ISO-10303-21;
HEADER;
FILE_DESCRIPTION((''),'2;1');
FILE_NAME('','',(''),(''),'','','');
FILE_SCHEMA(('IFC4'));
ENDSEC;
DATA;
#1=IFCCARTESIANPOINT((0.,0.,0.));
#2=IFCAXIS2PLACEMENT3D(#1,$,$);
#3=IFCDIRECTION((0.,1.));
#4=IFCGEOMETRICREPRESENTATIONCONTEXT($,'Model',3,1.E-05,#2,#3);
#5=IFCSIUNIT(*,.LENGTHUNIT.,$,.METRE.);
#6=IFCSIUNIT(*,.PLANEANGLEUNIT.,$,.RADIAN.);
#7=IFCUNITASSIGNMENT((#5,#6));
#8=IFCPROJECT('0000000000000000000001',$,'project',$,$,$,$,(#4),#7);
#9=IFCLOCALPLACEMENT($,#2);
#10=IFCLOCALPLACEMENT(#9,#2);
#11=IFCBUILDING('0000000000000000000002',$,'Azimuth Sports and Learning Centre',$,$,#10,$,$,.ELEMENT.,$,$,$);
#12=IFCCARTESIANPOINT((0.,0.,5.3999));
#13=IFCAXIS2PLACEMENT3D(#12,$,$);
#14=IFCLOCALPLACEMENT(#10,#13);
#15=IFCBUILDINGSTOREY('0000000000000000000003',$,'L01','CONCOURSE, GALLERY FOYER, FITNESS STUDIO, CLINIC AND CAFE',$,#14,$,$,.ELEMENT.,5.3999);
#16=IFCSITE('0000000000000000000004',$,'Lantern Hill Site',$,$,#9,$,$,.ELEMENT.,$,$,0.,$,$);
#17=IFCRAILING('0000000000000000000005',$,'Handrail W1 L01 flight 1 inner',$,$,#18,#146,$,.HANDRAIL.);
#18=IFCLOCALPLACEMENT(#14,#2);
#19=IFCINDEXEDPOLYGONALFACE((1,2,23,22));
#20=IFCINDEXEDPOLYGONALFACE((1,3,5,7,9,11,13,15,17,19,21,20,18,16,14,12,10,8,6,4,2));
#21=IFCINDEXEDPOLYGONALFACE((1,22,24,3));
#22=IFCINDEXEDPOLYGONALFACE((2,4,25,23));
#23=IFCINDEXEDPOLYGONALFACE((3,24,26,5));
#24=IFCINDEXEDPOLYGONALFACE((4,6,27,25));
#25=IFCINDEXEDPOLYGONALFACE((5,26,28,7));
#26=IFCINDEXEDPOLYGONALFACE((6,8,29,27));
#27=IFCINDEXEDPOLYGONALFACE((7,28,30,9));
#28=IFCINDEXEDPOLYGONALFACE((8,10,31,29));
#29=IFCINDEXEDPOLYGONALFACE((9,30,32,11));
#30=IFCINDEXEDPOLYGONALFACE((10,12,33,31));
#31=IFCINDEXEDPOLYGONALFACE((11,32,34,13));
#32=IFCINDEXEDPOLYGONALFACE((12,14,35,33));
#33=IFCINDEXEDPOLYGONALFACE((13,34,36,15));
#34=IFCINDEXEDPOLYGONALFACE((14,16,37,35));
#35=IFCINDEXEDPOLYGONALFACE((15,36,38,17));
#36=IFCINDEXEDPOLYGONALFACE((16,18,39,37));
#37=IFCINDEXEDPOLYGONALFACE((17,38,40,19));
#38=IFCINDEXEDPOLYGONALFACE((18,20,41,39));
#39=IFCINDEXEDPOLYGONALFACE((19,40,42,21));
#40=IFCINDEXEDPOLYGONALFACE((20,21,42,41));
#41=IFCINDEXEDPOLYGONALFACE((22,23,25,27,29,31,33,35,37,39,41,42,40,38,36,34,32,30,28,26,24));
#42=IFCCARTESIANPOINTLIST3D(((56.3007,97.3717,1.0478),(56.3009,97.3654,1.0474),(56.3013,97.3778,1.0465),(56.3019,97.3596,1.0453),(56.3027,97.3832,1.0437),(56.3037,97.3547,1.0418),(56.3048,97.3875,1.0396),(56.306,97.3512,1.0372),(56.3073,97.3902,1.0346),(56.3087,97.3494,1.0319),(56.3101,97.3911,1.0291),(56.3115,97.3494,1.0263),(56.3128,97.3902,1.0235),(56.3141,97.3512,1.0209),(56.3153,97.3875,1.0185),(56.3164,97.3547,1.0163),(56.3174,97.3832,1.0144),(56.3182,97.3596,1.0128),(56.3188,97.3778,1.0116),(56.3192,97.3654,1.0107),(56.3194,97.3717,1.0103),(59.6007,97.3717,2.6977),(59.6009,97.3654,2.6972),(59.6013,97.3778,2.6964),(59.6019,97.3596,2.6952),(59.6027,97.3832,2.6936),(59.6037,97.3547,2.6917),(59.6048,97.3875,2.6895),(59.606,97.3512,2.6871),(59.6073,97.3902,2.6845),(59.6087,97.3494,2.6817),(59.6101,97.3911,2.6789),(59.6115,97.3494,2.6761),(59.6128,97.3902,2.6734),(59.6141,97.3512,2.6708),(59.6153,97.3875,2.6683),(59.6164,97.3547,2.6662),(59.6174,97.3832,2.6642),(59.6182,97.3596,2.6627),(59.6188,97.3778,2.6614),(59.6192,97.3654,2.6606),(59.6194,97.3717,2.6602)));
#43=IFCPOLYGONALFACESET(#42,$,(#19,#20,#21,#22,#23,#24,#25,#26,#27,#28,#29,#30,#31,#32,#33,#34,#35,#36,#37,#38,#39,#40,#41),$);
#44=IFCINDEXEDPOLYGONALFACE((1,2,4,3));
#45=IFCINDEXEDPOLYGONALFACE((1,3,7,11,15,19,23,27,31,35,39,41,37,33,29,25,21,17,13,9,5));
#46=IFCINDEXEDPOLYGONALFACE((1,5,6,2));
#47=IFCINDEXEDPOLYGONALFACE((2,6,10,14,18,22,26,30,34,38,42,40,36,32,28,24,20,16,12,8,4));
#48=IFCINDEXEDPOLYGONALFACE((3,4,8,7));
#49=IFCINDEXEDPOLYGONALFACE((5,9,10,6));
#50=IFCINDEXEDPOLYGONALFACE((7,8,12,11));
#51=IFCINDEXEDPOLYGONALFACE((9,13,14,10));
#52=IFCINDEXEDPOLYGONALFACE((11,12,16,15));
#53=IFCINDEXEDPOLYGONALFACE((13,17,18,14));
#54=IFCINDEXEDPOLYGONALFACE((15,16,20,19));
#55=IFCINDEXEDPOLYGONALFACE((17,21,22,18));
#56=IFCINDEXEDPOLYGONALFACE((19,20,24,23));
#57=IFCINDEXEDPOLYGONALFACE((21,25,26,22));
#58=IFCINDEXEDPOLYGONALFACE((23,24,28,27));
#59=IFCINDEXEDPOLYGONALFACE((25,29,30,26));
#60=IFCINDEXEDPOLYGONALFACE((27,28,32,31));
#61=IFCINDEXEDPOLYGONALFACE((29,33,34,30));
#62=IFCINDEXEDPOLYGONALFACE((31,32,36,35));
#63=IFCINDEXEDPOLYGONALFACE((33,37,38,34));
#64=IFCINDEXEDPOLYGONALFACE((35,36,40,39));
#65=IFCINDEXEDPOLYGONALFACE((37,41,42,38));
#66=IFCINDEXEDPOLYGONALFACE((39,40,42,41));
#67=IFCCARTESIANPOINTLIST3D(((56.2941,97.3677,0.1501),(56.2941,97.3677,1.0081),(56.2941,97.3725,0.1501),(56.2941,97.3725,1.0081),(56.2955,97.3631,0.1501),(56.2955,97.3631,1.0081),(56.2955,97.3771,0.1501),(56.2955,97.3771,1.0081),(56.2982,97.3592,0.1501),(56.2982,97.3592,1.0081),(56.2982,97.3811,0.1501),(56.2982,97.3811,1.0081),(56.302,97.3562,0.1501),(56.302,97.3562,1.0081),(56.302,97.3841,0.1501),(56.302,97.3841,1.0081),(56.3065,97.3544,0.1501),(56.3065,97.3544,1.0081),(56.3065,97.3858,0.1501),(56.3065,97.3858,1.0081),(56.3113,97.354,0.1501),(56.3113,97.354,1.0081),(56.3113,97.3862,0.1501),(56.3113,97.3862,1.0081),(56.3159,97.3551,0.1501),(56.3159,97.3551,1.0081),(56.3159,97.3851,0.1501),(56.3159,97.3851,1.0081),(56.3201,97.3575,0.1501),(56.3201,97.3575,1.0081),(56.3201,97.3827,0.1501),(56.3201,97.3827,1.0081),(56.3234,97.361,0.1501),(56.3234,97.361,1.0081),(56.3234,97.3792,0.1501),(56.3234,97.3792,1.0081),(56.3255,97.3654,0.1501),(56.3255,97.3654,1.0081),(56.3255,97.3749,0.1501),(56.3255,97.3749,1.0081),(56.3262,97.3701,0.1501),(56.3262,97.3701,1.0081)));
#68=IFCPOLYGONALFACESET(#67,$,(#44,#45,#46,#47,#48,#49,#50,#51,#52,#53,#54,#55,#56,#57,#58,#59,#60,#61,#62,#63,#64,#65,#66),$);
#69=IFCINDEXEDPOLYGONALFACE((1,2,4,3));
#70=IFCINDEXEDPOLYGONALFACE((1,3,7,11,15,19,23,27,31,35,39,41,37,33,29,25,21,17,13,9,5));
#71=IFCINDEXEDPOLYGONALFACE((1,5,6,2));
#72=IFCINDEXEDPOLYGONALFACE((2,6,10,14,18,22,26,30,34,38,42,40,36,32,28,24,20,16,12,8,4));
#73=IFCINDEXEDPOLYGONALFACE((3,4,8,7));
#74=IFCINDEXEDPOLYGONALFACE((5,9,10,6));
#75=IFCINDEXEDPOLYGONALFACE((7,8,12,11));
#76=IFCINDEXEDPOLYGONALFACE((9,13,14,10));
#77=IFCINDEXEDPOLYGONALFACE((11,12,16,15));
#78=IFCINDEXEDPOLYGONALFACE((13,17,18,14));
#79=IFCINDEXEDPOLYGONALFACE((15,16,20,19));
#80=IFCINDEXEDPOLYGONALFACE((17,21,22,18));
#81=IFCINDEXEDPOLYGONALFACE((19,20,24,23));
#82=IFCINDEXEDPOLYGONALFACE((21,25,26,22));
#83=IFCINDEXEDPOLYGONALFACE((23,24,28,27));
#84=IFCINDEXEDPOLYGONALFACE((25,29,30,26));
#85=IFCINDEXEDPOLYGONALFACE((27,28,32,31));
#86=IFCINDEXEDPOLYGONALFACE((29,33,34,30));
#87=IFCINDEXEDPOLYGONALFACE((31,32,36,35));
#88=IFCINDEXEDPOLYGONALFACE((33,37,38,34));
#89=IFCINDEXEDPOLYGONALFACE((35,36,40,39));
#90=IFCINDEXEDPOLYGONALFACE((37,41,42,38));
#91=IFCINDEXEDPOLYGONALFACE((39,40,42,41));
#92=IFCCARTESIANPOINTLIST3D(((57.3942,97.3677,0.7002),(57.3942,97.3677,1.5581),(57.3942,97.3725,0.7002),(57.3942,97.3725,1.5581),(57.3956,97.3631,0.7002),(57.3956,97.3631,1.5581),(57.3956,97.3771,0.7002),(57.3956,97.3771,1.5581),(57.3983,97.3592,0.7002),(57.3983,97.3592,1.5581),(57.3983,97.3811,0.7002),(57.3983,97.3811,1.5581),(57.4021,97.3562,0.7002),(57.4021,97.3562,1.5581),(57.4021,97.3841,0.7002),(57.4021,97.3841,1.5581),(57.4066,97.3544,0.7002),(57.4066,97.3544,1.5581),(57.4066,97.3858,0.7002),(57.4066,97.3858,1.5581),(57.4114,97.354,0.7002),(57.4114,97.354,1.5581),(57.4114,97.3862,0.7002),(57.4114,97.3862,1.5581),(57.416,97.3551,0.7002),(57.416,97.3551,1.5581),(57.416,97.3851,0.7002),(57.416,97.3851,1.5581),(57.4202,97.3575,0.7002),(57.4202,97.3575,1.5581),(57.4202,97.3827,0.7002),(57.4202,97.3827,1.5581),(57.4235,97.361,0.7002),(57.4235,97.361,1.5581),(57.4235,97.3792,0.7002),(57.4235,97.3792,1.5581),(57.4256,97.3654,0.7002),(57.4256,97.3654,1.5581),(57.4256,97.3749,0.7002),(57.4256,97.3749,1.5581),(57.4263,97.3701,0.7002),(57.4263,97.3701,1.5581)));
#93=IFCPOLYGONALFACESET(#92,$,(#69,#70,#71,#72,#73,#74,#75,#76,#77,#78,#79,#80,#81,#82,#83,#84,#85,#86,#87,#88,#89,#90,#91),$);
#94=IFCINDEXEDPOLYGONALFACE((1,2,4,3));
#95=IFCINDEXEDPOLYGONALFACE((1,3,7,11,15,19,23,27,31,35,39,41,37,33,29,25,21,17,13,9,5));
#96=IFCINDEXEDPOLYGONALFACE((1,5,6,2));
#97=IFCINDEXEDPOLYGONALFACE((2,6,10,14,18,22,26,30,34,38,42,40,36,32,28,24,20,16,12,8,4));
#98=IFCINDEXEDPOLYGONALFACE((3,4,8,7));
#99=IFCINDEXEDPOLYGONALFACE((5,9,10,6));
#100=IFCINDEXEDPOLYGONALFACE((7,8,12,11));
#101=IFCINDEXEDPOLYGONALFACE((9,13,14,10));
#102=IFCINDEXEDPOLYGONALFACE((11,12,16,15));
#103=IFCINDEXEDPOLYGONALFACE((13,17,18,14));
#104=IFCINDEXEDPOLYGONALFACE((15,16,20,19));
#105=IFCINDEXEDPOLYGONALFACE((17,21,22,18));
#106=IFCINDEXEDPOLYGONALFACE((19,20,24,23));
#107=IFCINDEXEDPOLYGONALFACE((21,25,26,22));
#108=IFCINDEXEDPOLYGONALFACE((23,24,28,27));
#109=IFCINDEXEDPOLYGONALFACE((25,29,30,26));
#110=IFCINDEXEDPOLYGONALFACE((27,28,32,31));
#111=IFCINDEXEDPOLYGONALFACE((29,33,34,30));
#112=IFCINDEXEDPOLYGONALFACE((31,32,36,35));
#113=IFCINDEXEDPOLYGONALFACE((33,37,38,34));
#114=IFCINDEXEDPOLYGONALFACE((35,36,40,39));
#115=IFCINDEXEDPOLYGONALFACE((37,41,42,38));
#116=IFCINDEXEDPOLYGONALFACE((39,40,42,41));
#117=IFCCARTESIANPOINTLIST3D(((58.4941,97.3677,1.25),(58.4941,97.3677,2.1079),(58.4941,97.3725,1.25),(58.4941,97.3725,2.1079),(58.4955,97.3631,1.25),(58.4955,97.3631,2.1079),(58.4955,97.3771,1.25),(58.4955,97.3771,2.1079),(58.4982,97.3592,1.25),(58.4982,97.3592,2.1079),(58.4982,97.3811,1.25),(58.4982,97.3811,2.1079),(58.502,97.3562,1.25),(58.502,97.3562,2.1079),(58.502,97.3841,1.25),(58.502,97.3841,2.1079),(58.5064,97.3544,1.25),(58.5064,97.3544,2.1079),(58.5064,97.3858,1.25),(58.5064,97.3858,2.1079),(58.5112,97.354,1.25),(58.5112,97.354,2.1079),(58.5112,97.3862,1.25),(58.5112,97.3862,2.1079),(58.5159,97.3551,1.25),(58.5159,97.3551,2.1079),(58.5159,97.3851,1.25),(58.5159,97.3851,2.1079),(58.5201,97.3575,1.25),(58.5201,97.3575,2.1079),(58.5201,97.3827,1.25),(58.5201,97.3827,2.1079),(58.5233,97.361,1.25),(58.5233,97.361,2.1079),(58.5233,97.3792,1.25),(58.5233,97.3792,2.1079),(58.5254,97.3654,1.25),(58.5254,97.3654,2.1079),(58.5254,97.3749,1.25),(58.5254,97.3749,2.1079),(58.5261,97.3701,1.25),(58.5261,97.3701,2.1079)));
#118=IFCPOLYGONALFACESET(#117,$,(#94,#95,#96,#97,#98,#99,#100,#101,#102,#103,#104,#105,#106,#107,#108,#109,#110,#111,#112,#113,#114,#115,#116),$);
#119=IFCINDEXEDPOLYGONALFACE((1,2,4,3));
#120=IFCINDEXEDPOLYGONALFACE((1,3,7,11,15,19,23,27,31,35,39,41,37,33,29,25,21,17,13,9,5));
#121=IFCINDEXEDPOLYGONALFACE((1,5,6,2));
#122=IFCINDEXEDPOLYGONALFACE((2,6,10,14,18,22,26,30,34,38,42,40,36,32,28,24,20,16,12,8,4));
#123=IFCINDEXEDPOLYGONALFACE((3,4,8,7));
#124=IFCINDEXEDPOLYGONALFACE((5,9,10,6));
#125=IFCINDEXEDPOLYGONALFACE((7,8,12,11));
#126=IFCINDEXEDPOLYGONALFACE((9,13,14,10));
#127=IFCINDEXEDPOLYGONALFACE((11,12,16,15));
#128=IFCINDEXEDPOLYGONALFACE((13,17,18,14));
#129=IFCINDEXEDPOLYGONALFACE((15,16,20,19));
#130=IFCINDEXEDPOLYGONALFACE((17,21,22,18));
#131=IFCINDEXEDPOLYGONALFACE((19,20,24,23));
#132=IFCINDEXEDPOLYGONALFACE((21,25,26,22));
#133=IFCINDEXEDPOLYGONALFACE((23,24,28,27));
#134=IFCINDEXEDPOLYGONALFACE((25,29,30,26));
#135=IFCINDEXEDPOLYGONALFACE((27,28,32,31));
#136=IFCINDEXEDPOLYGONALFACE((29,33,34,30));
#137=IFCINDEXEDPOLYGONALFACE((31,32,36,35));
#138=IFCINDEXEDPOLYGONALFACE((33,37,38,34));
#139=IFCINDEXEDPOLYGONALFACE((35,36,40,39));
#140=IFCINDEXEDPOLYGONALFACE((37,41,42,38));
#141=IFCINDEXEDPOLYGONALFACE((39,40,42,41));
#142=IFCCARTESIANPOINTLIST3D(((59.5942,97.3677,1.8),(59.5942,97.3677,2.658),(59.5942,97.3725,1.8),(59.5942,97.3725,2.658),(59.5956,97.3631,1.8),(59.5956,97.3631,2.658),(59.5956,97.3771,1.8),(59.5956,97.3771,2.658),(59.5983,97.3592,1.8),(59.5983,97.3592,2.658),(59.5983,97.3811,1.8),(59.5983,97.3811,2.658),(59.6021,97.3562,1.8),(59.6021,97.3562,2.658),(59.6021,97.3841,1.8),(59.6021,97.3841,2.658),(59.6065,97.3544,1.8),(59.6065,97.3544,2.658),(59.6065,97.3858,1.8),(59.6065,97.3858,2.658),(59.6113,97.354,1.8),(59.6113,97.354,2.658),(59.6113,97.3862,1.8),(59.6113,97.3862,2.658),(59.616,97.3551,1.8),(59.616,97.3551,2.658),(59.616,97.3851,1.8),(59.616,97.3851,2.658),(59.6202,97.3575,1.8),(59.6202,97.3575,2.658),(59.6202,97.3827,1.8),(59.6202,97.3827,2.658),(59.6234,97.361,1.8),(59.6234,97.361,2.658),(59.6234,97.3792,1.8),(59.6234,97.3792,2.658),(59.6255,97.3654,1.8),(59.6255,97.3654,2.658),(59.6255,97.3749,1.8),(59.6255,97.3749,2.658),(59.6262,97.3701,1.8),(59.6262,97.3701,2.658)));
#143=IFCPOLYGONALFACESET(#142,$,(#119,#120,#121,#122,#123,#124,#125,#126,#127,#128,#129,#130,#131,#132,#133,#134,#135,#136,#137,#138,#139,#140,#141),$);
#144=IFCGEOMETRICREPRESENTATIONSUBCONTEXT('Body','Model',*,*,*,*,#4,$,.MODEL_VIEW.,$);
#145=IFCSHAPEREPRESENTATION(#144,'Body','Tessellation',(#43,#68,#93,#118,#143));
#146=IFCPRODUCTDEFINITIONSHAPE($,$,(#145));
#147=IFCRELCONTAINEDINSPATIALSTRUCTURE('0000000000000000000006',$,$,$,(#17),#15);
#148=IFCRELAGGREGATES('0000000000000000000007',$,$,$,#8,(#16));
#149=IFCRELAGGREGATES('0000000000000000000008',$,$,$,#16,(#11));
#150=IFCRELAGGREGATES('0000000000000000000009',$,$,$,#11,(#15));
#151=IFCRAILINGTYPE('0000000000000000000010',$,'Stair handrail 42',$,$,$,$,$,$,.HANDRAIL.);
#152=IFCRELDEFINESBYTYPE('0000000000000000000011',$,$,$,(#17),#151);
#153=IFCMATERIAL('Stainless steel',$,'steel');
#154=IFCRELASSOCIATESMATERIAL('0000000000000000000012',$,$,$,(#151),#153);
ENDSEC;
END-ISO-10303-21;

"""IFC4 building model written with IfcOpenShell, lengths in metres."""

from ifc_helpers import new_model, si_unit, direction, frame, origin, origin_2d, place, context, subcontext, project, spatial, circle, extrude, material, type_object, element, save


model = new_model("IFC4")

# Units and contexts
model_context = context("Model", 3, precision=1e-05, world=origin(), true_north=direction((0.0, 1.0)))
body_context = subcontext(model_context, "Body", "Model", "MODEL_VIEW")
ifc_project = project(units=[si_unit("LENGTHUNIT", "METRE"), si_unit("PLANEANGLEUNIT", "RADIAN")], contexts=[model_context])

# Site, building, storey
site_placement = place(None, origin())
site = spatial("IfcSite", under=ifc_project, at=site_placement, Name="Lantern Hill Site", CompositionType="ELEMENT", RefElevation=0.0)
building_placement = place(site_placement, origin())
building = spatial("IfcBuilding", under=site, at=building_placement, Name="Azimuth Sports and Learning Centre", CompositionType="ELEMENT")
storey_placement = place(building_placement, frame((0.0, 0.0, 5.3999)))
storey = spatial("IfcBuildingStorey", under=building, at=storey_placement, Name="L01", Description="CONCOURSE, GALLERY FOYER, FITNESS STUDIO, CLINIC AND CAFE", CompositionType="ELEMENT", Elevation=5.3999)

# Railing
ifc_material_1 = material(Name="Stainless steel", Category="steel")
railing_type_1 = type_object("IfcRailingType", Name="Stair handrail 42", PredefinedType="HANDRAIL", material=ifc_material_1)
for number, where, name in (
    (1, (56.3101, 97.3701, 0.1501), "Handrail W1 L01 flight 1 inner"),
):
    element("IfcRailing", number, at=place(storey_placement, frame(where)), inside=storey, type_object=railing_type_1, Name=name, PredefinedType="HANDRAIL", context=body_context, shape_type="SweptSolid", body=[
        extrude(circle(Radius=0.021, at=origin_2d()), frame((0.0, 0.0, 0.8789), z_axis=(0.89444, 0.0, 0.447187), x_axis=(0.0, 1.0, 0.0)), (0.0, 0.0, 1.0), 3.6895),
        extrude(circle(Radius=0.0161, at=origin_2d()), origin(), (0.0, 0.0, 1.0), 0.8579),
        extrude(circle(Radius=0.0161, at=origin_2d()), frame((1.1001, 0.0, 0.55)), (0.0, 0.0, 1.0), 0.8579),
        extrude(circle(Radius=0.0161, at=origin_2d()), frame((2.2, 0.0, 1.0999)), (0.0, 0.0, 1.0), 0.8579),
        extrude(circle(Radius=0.0161, at=origin_2d()), frame((3.3, 0.0, 1.6499)), (0.0, 0.0, 1.0), 0.8579),
    ])

save(model, "model.ifc")
